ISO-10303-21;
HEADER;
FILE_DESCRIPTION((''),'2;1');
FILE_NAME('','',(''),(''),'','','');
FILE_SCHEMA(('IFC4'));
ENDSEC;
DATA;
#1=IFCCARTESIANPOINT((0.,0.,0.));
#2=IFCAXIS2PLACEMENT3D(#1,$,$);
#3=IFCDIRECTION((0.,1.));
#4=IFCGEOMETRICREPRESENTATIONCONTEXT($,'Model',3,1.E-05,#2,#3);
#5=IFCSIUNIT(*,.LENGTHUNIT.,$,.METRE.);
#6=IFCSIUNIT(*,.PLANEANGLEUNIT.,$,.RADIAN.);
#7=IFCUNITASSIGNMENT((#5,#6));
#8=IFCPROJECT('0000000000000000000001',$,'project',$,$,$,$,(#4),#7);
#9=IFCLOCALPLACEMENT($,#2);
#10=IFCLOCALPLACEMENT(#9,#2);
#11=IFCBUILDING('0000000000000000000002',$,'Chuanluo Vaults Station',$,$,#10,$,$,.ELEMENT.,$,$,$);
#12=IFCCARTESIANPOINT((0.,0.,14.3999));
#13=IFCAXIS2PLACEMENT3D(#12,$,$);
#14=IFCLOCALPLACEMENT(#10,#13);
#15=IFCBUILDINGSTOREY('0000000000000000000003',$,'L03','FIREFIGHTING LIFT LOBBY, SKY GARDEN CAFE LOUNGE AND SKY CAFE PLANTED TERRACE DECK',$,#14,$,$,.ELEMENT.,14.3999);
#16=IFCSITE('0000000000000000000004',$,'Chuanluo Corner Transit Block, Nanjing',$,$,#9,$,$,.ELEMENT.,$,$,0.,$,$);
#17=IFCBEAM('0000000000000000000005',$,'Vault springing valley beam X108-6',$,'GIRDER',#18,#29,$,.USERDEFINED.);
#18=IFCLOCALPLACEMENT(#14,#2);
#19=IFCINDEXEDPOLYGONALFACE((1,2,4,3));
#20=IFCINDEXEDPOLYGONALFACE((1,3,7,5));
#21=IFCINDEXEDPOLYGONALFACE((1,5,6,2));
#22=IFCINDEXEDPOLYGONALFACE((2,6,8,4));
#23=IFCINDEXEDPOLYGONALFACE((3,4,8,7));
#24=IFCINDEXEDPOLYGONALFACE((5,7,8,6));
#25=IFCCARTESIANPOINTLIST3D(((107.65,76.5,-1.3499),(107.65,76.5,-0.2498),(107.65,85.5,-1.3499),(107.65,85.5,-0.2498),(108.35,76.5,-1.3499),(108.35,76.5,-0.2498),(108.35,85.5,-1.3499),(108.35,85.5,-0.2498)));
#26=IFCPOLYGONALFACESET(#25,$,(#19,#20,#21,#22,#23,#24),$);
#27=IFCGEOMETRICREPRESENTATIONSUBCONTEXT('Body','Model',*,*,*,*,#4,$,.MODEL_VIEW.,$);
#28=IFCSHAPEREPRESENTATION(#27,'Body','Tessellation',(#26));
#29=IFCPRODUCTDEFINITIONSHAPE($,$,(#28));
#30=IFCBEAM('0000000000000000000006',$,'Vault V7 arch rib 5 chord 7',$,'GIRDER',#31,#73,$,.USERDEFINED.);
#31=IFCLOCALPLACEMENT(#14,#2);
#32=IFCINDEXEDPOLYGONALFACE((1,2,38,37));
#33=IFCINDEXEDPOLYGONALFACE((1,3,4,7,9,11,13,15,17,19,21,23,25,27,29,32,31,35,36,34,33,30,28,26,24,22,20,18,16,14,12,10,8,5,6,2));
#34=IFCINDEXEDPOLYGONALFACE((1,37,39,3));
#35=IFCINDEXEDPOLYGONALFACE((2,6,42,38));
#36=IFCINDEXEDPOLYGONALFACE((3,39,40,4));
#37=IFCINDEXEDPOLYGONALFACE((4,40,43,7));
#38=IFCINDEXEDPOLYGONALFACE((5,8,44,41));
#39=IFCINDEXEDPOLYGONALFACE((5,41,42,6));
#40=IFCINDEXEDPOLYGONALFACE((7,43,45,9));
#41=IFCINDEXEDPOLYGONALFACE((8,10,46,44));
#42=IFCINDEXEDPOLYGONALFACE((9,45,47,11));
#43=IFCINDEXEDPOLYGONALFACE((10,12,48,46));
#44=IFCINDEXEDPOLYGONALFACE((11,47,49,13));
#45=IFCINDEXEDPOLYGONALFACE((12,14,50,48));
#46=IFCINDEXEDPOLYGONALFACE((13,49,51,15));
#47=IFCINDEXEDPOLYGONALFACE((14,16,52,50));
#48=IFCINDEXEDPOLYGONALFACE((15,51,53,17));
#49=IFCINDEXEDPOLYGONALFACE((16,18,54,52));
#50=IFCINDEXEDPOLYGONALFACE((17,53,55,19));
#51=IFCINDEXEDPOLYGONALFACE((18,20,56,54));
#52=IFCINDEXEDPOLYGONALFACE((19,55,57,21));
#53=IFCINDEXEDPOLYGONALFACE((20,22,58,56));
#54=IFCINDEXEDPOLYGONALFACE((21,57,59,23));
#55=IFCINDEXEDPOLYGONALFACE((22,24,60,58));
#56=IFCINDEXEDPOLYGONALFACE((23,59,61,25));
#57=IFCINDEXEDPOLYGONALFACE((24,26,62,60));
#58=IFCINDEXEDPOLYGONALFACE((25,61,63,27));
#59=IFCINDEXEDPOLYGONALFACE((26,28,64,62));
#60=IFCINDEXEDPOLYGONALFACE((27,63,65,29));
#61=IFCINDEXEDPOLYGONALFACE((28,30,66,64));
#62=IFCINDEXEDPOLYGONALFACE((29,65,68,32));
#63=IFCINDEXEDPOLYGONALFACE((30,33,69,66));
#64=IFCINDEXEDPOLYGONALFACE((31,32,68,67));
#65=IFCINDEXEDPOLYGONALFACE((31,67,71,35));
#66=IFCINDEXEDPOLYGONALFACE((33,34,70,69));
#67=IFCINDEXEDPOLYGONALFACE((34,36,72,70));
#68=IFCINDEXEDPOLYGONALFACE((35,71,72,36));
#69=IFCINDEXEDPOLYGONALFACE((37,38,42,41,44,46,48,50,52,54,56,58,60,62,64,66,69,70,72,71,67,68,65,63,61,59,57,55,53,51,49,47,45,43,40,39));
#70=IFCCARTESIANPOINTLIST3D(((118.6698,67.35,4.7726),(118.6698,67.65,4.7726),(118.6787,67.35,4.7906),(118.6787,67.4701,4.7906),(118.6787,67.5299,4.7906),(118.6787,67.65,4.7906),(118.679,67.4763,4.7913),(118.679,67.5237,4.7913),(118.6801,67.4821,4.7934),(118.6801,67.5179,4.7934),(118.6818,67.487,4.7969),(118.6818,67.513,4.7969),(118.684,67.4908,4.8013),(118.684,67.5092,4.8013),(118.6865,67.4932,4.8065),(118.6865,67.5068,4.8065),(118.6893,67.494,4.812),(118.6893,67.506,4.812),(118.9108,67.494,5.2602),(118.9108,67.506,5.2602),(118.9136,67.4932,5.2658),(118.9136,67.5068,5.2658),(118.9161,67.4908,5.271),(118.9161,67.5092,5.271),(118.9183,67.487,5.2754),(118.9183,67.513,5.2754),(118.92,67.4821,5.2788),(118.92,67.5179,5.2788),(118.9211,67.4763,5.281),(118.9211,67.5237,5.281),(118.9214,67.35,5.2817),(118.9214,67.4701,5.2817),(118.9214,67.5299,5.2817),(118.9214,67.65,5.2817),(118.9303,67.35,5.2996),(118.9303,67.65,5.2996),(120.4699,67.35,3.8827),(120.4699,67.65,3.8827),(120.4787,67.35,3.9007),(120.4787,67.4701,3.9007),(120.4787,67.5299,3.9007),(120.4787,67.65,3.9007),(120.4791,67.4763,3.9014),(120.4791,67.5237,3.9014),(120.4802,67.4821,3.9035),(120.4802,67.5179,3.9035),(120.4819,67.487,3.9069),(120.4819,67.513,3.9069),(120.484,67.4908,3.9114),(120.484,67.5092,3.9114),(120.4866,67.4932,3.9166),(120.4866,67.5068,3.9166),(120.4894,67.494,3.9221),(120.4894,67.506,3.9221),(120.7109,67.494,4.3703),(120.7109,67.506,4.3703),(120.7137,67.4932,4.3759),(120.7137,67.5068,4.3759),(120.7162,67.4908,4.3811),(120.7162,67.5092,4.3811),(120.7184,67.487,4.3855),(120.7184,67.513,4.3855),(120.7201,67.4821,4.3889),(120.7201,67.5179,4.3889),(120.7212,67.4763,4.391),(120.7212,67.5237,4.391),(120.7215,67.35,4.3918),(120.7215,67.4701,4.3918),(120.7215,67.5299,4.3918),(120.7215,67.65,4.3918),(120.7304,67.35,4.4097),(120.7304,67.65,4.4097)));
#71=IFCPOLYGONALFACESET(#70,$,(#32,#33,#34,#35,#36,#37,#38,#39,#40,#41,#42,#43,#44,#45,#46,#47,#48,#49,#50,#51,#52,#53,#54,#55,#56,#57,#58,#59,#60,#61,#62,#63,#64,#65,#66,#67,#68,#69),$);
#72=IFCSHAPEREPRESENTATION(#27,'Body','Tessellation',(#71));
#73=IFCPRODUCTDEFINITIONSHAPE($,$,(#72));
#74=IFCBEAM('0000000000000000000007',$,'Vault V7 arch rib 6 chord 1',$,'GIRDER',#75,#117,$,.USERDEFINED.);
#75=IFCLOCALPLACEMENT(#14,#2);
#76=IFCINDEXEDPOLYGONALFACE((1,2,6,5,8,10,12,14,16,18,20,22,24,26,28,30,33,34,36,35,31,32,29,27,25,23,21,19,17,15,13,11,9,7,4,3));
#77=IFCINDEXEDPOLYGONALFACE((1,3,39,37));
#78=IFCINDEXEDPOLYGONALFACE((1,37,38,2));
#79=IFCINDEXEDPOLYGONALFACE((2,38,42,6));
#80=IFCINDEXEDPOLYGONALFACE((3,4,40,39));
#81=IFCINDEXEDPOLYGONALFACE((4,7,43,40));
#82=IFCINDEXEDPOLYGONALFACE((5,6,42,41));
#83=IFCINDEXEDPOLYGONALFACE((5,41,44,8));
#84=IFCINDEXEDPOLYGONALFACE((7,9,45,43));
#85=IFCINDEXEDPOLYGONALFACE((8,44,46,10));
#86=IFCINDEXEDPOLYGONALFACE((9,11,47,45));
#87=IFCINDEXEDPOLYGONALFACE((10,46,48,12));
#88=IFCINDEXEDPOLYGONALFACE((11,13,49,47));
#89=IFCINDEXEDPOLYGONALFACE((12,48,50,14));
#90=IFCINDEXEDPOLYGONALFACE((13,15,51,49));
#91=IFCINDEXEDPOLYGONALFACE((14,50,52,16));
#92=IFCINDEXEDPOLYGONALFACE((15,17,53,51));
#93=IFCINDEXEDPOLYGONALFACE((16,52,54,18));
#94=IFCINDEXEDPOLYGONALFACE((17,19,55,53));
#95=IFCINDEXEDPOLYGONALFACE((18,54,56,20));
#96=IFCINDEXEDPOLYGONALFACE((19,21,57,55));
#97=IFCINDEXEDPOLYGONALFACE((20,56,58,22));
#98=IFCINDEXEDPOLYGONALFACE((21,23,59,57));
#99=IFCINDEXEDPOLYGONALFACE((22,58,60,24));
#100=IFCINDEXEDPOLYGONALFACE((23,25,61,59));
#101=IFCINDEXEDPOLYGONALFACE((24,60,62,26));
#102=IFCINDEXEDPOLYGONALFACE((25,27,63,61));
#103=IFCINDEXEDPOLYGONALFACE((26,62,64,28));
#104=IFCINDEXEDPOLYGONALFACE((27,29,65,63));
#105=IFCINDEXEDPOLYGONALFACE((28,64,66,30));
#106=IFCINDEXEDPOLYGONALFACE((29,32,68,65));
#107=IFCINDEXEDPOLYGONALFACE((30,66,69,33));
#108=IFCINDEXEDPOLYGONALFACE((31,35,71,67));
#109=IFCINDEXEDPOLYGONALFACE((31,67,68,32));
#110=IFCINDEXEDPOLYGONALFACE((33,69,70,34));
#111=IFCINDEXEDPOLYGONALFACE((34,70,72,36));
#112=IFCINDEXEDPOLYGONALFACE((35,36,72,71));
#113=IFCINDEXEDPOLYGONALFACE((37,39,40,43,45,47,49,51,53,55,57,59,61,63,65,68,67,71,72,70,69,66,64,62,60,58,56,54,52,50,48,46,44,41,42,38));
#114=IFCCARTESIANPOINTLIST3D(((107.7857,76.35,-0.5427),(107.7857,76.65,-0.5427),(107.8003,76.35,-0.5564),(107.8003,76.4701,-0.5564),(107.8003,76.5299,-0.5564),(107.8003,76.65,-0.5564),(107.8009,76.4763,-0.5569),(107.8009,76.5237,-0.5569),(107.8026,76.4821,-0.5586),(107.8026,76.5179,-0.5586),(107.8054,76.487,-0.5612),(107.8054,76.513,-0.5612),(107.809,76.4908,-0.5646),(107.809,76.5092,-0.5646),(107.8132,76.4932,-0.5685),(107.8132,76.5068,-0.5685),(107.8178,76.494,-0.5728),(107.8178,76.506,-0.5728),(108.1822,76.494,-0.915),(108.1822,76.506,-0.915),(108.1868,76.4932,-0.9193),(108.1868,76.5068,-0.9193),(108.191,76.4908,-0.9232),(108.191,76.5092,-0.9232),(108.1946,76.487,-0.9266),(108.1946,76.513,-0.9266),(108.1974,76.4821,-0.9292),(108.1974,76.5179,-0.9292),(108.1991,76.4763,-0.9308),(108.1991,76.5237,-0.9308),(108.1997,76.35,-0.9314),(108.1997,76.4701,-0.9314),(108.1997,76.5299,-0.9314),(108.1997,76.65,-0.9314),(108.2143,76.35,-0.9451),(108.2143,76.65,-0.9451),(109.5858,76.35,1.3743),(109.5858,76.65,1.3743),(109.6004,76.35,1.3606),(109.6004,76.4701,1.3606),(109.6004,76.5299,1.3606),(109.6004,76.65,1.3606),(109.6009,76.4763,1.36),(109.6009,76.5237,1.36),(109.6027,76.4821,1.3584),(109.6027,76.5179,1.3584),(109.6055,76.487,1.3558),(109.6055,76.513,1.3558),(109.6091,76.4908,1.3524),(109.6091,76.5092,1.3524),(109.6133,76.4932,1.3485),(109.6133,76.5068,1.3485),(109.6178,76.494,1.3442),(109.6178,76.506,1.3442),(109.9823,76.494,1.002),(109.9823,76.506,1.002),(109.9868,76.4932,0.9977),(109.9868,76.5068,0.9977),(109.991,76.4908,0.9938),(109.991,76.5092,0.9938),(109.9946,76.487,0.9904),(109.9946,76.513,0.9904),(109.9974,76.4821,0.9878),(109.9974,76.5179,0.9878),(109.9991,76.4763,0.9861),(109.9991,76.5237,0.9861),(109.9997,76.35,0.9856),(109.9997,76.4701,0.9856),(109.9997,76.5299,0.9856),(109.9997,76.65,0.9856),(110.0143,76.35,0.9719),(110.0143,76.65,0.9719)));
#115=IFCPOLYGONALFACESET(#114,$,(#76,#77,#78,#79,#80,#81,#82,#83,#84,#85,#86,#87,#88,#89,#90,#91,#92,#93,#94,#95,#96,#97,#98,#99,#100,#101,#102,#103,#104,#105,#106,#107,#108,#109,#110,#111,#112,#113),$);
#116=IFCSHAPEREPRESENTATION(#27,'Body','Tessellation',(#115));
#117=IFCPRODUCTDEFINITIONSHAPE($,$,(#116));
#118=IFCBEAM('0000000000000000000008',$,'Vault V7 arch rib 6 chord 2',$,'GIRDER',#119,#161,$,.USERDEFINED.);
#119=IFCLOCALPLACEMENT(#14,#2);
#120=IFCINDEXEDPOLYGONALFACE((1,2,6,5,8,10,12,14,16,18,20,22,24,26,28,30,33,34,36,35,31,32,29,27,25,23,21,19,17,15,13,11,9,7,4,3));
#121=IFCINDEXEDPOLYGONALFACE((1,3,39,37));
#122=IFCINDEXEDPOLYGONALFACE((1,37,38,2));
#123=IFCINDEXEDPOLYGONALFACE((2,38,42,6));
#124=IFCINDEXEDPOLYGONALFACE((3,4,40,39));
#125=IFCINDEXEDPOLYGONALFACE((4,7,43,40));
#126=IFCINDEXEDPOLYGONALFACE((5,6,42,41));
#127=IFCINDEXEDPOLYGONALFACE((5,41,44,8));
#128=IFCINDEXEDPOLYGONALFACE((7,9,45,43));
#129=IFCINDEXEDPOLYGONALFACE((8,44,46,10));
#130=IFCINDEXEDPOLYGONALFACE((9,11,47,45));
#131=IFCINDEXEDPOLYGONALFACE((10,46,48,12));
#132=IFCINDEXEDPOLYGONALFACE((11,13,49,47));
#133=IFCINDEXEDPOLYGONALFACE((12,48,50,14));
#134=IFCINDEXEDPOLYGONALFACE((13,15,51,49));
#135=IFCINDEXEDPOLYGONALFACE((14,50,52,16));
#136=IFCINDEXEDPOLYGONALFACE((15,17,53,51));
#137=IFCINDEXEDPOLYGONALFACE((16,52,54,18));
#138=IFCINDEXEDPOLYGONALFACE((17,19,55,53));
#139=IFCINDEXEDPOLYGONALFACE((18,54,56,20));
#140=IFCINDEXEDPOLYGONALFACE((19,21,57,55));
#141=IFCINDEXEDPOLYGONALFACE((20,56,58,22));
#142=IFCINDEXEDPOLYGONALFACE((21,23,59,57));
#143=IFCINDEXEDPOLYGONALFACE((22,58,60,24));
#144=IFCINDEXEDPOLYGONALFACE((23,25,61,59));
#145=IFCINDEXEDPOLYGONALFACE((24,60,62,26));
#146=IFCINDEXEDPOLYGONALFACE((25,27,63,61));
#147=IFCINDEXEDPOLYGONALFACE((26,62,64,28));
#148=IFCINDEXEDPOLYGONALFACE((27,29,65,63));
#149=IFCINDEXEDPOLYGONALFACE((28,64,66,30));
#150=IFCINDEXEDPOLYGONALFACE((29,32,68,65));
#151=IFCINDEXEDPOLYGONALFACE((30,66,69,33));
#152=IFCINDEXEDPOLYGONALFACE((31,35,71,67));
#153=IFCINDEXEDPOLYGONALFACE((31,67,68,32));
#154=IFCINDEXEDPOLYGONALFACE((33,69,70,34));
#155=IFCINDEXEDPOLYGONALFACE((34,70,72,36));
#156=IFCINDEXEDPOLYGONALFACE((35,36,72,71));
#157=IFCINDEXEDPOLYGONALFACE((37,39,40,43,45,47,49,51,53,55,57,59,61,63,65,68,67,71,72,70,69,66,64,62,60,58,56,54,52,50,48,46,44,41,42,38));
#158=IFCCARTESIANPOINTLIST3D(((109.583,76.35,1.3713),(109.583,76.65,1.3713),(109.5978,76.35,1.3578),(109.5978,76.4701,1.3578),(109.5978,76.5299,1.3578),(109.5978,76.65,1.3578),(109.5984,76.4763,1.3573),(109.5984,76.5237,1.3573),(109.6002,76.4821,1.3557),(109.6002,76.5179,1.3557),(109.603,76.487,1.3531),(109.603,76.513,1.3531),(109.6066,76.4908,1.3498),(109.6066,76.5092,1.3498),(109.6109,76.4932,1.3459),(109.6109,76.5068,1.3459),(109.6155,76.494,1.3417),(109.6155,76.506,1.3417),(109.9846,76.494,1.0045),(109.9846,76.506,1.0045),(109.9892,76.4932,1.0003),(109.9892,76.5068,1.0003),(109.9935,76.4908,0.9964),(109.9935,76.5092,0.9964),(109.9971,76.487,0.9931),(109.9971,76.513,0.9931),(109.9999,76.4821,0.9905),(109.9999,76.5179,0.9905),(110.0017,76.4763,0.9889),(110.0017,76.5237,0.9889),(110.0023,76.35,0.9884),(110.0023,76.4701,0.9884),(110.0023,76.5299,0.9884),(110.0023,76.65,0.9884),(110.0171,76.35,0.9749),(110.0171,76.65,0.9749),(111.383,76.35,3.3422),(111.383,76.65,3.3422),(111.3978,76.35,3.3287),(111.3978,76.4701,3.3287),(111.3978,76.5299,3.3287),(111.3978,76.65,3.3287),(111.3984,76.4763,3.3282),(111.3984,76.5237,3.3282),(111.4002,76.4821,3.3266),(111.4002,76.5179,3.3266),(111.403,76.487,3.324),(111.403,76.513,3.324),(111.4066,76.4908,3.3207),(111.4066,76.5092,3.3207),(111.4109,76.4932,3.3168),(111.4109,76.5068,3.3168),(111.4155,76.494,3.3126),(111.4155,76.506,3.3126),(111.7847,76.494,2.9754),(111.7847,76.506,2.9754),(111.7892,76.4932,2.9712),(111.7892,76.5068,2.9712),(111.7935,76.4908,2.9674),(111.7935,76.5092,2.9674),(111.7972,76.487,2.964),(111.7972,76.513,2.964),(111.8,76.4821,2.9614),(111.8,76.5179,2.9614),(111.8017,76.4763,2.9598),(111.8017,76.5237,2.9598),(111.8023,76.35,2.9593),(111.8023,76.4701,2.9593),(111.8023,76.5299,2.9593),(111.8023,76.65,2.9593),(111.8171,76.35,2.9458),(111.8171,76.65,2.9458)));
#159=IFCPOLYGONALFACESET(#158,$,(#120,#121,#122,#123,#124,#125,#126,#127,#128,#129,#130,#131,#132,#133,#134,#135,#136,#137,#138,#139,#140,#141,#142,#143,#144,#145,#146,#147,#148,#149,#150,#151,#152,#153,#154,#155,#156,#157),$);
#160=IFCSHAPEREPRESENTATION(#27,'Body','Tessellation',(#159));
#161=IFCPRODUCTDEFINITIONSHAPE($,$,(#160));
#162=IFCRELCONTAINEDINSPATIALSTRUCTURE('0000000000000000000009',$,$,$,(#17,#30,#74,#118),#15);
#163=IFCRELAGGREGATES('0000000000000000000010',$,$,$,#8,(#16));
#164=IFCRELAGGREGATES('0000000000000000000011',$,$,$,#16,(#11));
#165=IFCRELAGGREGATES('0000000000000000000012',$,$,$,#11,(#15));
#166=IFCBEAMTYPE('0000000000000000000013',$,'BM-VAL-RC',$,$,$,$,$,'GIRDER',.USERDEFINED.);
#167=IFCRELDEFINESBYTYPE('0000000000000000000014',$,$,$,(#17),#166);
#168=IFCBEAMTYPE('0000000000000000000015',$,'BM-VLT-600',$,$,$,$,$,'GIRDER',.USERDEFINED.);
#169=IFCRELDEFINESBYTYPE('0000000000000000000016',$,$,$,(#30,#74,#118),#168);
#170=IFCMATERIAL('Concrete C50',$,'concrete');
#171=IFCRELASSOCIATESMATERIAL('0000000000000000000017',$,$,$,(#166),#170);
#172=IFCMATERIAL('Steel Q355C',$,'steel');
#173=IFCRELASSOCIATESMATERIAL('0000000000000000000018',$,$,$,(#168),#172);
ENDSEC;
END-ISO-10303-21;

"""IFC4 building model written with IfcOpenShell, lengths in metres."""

from ifc_helpers import new_model, si_unit, direction, frame, origin, origin_2d, place, context, subcontext, project, spatial, rectangle, i_section, extrude, material, material_profile, profile_set, type_object, element, save


model = new_model("IFC4")

# Units and contexts
model_context = context("Model", 3, precision=1e-05, world=origin(), true_north=direction((0.0, 1.0)))
body_context = subcontext(model_context, "Body", "Model", "MODEL_VIEW")
ifc_project = project(units=[si_unit("LENGTHUNIT", "METRE"), si_unit("PLANEANGLEUNIT", "RADIAN")], contexts=[model_context])

# Site, building, storey
site_placement = place(None, origin())
site = spatial("IfcSite", under=ifc_project, at=site_placement, Name="Chuanluo Corner Transit Block, Nanjing", CompositionType="ELEMENT", RefElevation=0.0)
building_placement = place(site_placement, origin())
building = spatial("IfcBuilding", under=site, at=building_placement, Name="Chuanluo Vaults Station", CompositionType="ELEMENT")
storey_placement = place(building_placement, frame((0.0, 0.0, 14.3999)))
storey = spatial("IfcBuildingStorey", under=building, at=storey_placement, Name="L03", Description="FIREFIGHTING LIFT LOBBY, SKY GARDEN CAFE LOUNGE AND SKY CAFE PLANTED TERRACE DECK", CompositionType="ELEMENT", Elevation=14.3999)

# Beams
ifc_material_1 = material(Name="Concrete C50", Category="concrete")
ifc_material_profile_1 = material_profile(ifc_material_1, rectangle(XDim=0.7, YDim=1.1001, at=origin_2d()))
ifc_profile_set_1 = profile_set([ifc_material_profile_1], Name="Concrete C50")
beam_type_1 = type_object("IfcBeamType", Name="BM-VAL-RC", ElementType="GIRDER", PredefinedType="USERDEFINED", material=ifc_profile_set_1)
beam_1_placement = place(storey_placement, frame((108.0, 76.5, -0.7998), z_axis=(0.0, 1.0, 0.0), x_axis=(-1.0, 0.0, 0.0)))
element("IfcBeam", 1, at=beam_1_placement, inside=storey, type_object=beam_type_1, Name="Vault springing valley beam X108-6", ObjectType="GIRDER", PredefinedType="USERDEFINED", context=body_context, shape_type="SweptSolid", body=[
    extrude(rectangle(XDim=0.7, YDim=1.1001, at=origin_2d()), origin(), (0.0, 0.0, 1.0), 9.0),
])
ifc_material_2 = material(Name="Steel Q355C", Category="steel")
ifc_material_profile_2 = material_profile(ifc_material_2, i_section(OverallWidth=0.3, OverallDepth=0.5879, WebThickness=0.012, FlangeThickness=0.02, FilletRadius=0.0239, at=origin_2d()))
ifc_profile_set_2 = profile_set([ifc_material_profile_2], Name="Steel Q355C")
beam_type_2 = type_object("IfcBeamType", Name="BM-VLT-600", ElementType="GIRDER", PredefinedType="USERDEFINED", material=ifc_profile_set_2)
beam_2_placement = place(storey_placement, frame((118.8, 67.5, 5.0361), z_axis=(0.896436, 0.0, -0.443172), x_axis=(0.0, 1.0, 0.0)))
element("IfcBeam", 2, at=beam_2_placement, inside=storey, type_object=beam_type_2, Name="Vault V7 arch rib 5 chord 7", ObjectType="GIRDER", PredefinedType="USERDEFINED", context=body_context, shape_type="SweptSolid", body=[
    extrude(i_section(OverallWidth=0.3, OverallDepth=0.5879, WebThickness=0.012, FlangeThickness=0.02, FilletRadius=0.0239, at=origin_2d()), origin(), (0.0, 0.0, 1.0), 2.0081),
])
beam_3_placement = place(storey_placement, frame((108.0, 76.5, -0.7439), z_axis=(0.684522, 0.0, 0.728993), x_axis=(0.0, 1.0, 0.0)))
element("IfcBeam", 3, at=beam_3_placement, inside=storey, type_object=beam_type_2, Name="Vault V7 arch rib 6 chord 1", ObjectType="GIRDER", PredefinedType="USERDEFINED", context=body_context, shape_type="SweptSolid", body=[
    extrude(i_section(OverallWidth=0.3, OverallDepth=0.5879, WebThickness=0.012, FlangeThickness=0.02, FilletRadius=0.0239, at=origin_2d()), origin(), (0.0, 0.0, 1.0), 2.6296),
])
beam_4_placement = place(storey_placement, frame((109.8, 76.5, 1.1731), z_axis=(0.674369, 0.0, 0.738394), x_axis=(0.0, 1.0, 0.0)))
element("IfcBeam", 4, at=beam_4_placement, inside=storey, type_object=beam_type_2, Name="Vault V7 arch rib 6 chord 2", ObjectType="GIRDER", PredefinedType="USERDEFINED", context=body_context, shape_type="SweptSolid", body=[
    extrude(i_section(OverallWidth=0.3, OverallDepth=0.5879, WebThickness=0.012, FlangeThickness=0.02, FilletRadius=0.0239, at=origin_2d()), origin(), (0.0, 0.0, 1.0), 2.6692),
])

save(model, "model.ifc")
